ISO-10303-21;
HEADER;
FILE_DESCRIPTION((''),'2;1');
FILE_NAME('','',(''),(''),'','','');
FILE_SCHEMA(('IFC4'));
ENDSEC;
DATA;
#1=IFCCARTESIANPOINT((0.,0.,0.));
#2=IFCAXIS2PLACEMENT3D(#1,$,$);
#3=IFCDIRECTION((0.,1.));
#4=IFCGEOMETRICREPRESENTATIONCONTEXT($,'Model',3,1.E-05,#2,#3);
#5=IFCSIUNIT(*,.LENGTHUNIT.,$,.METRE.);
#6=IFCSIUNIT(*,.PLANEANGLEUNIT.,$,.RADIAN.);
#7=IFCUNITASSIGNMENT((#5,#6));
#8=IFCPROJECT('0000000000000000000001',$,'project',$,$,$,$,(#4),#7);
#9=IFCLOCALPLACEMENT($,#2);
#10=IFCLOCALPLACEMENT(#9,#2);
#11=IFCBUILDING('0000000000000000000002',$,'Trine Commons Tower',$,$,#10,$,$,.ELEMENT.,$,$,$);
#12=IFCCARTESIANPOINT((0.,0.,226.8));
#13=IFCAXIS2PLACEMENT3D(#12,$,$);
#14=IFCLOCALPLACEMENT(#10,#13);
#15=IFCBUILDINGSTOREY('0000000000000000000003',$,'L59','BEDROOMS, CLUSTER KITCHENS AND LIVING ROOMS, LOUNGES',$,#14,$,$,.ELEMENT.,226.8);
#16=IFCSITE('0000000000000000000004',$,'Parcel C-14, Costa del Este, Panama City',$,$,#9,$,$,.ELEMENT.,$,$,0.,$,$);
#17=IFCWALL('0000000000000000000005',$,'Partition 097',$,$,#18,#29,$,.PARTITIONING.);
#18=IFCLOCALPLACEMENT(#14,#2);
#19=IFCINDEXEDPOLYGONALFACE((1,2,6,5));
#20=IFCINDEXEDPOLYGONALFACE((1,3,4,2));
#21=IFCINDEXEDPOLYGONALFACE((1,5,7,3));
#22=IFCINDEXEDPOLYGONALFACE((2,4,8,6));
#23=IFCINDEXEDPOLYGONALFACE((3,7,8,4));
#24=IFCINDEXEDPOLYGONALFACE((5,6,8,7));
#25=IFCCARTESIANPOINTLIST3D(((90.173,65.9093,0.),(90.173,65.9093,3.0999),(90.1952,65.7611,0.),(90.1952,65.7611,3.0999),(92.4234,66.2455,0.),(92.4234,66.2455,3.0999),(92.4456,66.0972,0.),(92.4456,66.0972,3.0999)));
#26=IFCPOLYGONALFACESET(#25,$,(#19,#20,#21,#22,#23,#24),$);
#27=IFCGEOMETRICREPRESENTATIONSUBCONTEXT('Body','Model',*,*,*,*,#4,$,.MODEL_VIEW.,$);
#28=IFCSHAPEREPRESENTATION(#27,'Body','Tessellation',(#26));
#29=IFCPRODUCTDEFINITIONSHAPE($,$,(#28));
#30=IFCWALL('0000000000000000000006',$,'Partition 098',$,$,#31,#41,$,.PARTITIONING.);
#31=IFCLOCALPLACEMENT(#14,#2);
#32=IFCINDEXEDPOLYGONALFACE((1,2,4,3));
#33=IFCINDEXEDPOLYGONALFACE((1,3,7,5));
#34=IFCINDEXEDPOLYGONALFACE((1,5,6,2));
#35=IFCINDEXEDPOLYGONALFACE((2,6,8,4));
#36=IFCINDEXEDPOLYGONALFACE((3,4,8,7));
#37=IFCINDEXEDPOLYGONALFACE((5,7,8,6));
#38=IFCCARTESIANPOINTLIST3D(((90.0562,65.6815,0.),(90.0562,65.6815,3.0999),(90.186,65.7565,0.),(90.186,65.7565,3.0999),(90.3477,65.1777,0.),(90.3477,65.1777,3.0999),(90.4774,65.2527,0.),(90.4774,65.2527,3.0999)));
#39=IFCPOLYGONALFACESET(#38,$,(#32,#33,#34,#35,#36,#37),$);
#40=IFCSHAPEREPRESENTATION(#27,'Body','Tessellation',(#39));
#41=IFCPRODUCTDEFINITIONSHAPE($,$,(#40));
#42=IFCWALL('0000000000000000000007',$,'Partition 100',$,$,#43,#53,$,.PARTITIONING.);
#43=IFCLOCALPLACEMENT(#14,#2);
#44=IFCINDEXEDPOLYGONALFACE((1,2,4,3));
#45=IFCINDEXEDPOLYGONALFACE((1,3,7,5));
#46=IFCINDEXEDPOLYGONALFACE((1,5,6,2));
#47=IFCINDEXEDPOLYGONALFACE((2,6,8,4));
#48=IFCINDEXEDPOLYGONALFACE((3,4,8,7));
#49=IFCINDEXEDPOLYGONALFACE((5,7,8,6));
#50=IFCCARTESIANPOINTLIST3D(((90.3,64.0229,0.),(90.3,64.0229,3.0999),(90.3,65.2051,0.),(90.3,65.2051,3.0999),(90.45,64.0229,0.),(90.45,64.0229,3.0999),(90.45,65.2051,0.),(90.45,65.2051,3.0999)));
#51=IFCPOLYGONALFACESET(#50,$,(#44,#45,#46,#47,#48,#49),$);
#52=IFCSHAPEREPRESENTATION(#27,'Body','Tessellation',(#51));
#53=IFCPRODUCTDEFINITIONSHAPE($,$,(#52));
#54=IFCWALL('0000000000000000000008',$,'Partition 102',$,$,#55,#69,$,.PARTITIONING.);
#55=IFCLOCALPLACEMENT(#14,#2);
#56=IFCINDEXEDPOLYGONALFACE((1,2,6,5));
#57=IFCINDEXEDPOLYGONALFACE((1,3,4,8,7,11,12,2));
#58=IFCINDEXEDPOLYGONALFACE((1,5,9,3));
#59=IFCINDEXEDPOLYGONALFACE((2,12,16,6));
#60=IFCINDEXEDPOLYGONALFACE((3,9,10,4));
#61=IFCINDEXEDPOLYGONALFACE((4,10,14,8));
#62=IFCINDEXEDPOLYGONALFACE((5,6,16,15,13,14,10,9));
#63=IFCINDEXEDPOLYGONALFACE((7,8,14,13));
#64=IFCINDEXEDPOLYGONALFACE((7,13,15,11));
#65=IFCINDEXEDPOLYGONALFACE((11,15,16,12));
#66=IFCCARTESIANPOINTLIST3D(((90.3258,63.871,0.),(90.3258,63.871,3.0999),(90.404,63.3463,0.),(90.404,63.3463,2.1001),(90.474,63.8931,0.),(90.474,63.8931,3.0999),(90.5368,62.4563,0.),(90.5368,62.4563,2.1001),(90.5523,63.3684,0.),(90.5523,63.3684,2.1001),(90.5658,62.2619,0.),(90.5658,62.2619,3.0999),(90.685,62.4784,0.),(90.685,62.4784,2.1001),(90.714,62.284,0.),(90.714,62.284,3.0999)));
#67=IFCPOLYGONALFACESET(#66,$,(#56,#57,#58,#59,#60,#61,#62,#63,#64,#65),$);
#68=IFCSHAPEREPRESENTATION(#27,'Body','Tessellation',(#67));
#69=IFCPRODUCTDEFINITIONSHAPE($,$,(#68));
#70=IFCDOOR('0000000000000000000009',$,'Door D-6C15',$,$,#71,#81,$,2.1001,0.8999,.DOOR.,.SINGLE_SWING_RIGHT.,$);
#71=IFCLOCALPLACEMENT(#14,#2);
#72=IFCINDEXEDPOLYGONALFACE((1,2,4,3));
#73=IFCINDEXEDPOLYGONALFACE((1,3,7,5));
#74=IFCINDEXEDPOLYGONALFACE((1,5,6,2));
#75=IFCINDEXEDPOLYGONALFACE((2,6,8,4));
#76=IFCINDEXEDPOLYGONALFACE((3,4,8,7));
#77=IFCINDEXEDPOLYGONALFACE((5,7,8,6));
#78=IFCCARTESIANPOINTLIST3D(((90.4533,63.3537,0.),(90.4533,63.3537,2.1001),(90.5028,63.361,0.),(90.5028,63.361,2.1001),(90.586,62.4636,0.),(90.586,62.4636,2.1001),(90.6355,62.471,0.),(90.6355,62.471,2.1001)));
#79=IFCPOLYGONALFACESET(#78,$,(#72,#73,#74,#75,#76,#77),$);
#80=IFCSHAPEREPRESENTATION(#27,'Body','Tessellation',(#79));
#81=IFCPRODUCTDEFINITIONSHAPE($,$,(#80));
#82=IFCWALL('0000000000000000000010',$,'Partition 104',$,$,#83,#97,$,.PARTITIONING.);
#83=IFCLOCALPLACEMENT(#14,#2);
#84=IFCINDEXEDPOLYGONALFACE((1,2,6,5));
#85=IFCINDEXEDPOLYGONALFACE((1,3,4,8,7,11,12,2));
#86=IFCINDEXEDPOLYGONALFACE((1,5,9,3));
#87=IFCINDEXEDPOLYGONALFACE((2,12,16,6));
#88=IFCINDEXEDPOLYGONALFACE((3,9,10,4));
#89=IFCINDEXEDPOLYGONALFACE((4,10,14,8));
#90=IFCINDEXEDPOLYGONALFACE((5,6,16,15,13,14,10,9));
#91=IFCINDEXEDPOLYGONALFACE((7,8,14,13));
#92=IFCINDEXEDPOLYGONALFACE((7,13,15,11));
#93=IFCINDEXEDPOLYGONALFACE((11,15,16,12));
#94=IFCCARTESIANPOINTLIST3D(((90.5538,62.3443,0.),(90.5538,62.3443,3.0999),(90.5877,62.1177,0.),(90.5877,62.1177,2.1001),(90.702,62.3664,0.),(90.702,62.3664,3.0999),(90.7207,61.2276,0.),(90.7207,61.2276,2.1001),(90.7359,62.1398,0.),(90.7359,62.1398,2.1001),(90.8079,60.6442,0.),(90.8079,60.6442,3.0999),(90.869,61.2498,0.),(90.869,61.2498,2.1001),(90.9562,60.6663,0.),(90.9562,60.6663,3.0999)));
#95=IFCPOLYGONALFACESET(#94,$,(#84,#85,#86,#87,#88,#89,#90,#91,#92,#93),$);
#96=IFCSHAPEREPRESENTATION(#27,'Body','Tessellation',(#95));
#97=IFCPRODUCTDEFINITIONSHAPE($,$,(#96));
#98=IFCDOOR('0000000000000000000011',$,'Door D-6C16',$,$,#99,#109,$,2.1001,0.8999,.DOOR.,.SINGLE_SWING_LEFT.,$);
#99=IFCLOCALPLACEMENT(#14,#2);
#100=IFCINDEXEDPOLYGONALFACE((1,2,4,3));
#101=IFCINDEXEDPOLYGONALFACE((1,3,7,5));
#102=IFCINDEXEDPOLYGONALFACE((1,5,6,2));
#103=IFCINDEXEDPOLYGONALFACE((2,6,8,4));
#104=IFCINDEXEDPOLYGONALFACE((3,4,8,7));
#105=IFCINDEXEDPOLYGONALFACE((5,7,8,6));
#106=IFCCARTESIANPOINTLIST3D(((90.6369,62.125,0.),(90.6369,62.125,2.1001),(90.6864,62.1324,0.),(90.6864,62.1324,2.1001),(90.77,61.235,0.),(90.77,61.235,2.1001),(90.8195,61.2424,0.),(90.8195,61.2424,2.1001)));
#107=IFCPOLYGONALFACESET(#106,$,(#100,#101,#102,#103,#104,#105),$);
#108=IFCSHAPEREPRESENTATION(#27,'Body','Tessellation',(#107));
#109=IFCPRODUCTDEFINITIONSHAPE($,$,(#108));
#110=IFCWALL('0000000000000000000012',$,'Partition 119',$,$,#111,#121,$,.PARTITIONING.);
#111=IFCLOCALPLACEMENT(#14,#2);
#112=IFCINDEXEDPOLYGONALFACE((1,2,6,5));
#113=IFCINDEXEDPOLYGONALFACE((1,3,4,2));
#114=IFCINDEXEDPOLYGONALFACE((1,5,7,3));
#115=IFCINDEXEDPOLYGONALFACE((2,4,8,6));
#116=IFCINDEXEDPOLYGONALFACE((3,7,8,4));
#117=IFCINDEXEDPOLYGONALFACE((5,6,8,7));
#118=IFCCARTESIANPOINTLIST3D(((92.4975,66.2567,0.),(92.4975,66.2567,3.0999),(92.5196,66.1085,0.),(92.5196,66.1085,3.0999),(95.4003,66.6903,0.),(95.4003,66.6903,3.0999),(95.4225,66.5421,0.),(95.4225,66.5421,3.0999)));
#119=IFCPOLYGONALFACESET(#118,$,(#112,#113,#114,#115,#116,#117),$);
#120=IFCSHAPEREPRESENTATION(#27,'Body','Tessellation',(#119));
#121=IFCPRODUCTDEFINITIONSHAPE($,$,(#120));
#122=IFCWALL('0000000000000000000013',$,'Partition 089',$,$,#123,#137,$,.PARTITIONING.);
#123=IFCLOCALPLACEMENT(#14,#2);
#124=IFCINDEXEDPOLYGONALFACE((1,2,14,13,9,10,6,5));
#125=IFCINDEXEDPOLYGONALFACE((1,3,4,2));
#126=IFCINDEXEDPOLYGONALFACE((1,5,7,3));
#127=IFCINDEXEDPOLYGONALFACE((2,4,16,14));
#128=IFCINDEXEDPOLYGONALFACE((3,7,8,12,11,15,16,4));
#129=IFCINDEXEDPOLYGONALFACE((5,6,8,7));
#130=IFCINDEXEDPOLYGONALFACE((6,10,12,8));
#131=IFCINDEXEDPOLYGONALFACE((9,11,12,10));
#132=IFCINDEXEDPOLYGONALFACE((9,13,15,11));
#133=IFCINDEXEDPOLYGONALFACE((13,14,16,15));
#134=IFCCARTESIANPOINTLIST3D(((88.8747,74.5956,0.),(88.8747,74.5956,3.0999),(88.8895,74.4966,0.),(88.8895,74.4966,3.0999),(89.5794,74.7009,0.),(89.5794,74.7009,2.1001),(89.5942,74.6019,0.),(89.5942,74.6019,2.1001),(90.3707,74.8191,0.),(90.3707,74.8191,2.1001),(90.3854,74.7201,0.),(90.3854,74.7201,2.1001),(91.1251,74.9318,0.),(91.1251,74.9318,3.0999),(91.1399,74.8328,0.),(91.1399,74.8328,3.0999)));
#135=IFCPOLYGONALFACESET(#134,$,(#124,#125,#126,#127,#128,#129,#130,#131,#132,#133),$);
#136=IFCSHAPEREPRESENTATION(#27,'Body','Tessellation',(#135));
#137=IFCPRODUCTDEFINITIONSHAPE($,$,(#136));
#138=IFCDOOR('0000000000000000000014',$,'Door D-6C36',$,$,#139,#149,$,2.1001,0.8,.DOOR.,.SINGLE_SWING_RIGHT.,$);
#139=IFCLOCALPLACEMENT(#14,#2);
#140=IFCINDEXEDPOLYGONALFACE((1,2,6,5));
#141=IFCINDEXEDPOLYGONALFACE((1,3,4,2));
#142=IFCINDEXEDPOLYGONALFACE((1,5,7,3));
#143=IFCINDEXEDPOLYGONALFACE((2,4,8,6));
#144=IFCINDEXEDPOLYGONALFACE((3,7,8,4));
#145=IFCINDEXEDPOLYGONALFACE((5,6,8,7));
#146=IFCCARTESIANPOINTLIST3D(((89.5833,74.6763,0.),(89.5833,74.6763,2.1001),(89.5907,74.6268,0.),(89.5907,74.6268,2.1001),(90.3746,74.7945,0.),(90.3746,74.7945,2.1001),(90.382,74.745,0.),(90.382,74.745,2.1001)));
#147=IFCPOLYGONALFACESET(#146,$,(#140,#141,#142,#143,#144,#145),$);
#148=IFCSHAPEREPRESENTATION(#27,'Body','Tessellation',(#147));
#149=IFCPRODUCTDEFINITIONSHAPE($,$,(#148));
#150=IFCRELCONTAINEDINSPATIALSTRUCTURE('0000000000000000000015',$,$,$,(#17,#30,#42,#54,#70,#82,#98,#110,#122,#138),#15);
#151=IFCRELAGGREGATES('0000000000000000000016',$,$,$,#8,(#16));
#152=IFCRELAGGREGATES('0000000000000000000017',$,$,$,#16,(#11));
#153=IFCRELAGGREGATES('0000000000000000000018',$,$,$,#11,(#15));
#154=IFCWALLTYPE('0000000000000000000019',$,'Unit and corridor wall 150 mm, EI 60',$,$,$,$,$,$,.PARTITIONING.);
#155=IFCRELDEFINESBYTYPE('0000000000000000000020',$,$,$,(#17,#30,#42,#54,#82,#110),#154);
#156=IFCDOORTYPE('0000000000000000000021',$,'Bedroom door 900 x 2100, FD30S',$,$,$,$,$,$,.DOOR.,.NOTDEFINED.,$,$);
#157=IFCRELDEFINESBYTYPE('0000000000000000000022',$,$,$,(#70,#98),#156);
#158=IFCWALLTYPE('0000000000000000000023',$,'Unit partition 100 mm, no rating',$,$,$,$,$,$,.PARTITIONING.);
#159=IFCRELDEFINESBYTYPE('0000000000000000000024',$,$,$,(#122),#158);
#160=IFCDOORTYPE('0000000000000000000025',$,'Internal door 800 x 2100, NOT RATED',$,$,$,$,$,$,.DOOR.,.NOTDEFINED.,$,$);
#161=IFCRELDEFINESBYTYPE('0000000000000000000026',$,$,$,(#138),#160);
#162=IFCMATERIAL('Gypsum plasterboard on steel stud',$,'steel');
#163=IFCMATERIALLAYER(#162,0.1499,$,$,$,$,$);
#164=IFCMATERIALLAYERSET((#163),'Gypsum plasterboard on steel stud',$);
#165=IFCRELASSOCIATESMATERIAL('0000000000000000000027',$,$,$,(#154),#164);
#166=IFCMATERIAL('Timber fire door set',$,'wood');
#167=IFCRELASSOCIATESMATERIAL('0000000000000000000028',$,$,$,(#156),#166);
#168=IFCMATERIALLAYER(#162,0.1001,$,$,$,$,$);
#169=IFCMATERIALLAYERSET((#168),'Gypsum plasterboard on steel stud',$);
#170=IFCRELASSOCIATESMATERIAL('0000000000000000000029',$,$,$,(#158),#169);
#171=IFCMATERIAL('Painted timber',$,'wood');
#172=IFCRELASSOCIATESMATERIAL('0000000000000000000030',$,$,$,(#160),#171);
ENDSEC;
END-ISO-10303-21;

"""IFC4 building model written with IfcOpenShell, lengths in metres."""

from ifc_helpers import new_model, si_unit, direction, frame, frame_2d, origin, place, context, subcontext, project, spatial, rectangle, extrude, material, layer, layer_set, type_object, element, fill, save


model = new_model("IFC4")

# Units and contexts
model_context = context("Model", 3, precision=1e-05, world=origin(), true_north=direction((0.0, 1.0)))
body_context = subcontext(model_context, "Body", "Model", "MODEL_VIEW")
ifc_project = project(units=[si_unit("LENGTHUNIT", "METRE"), si_unit("PLANEANGLEUNIT", "RADIAN")], contexts=[model_context])

# Site, building, storey
site_placement = place(None, origin())
site = spatial("IfcSite", under=ifc_project, at=site_placement, Name="Parcel C-14, Costa del Este, Panama City", CompositionType="ELEMENT", RefElevation=0.0)
building_placement = place(site_placement, origin())
building = spatial("IfcBuilding", under=site, at=building_placement, Name="Trine Commons Tower", CompositionType="ELEMENT")
storey_placement = place(building_placement, frame((0.0, 0.0, 226.8)))
storey = spatial("IfcBuildingStorey", under=building, at=storey_placement, Name="L59", Description="BEDROOMS, CLUSTER KITCHENS AND LIVING ROOMS, LOUNGES", CompositionType="ELEMENT", Elevation=226.8)

# Shared definitions
ifc_material_1 = material(Name="Gypsum plasterboard on steel stud", Category="steel")
ifc_layer_1 = layer(ifc_material_1, 0.1499)
ifc_layer_set_1 = layer_set([ifc_layer_1], Name="Gypsum plasterboard on steel stud")
wall_type_1 = type_object("IfcWallType", Name="Unit and corridor wall 150 mm, EI 60", PredefinedType="PARTITIONING", material=ifc_layer_set_1)

# Shared definitions
ifc_material_2 = material(Name="Timber fire door set", Category="wood")
door_type_1 = type_object("IfcDoorType", Name="Bedroom door 900 x 2100, FD30S", OperationType="NOTDEFINED", PredefinedType="DOOR", material=ifc_material_2)

# Walls
wall_1_placement = place(storey_placement, frame((90.1841, 65.8352, 0.0), z_axis=(0.0, 0.0, 1.0), x_axis=(0.989026, 0.147742, 0.0)))
element("IfcWall", 1, at=wall_1_placement, inside=storey, type_object=wall_type_1, Name="Partition 097", PredefinedType="PARTITIONING", context=body_context, shape_type="SweptSolid", body=[
    extrude(rectangle(XDim=2.2754, YDim=0.1499, at=frame_2d((1.1377, 0.0))), origin(), (0.0, 0.0, 1.0), 3.0999),
])
wall_2_placement = place(storey_placement, frame((90.1211, 65.719, 0.0), z_axis=(0.0, 0.0, 1.0), x_axis=(0.500739, -0.865599, 0.0)))
element("IfcWall", 2, at=wall_2_placement, inside=storey, type_object=wall_type_1, Name="Partition 098", PredefinedType="PARTITIONING", context=body_context, shape_type="SweptSolid", body=[
    extrude(rectangle(XDim=0.582, YDim=0.1499, at=frame_2d((0.291, 0.0))), origin(), (0.0, 0.0, 1.0), 3.0999),
])
wall_3_placement = place(storey_placement, frame((90.375, 64.0229, 0.0), z_axis=(0.0, 0.0, 1.0), x_axis=(0.0, 1.0, 0.0)))
element("IfcWall", 3, at=wall_3_placement, inside=storey, type_object=wall_type_1, Name="Partition 100", PredefinedType="PARTITIONING", context=body_context, shape_type="SweptSolid", body=[
    extrude(rectangle(XDim=1.1821, YDim=0.1499, at=frame_2d((0.5911, 0.0))), origin(), (0.0, 0.0, 1.0), 3.0999),
])

# Walls, openings, doors
wall_4_placement = place(storey_placement, frame((90.3999, 63.8821, 0.0), z_axis=(0.0, 0.0, 1.0), x_axis=(0.147511, -0.98906, 0.0)))
wall_4 = element("IfcWall", 4, at=wall_4_placement, inside=storey, type_object=wall_type_1, Name="Partition 102", PredefinedType="PARTITIONING", context=body_context, shape_type="SweptSolid", body=[
    extrude(rectangle(XDim=1.627, YDim=0.1499, at=frame_2d((0.8135, 0.0))), origin(), (0.0, 0.0, 1.0), 3.0999),
])
opening_1_placement = place(wall_4_placement, frame((0.5305, 0.0, 0.0)))
opening_1 = element("IfcOpeningElement", 5, at=opening_1_placement, cuts=wall_4, PredefinedType="OPENING", context=body_context, shape_type="SweptSolid", body=[
    extrude(rectangle(XDim=0.8999, YDim=2.1001, at=frame_2d((0.45, 1.05))), frame((0.0, 0.085, 0.0), z_axis=(0.0, -1.0, 0.0), x_axis=(1.0, 0.0, 0.0)), (0.0, 0.0, 1.0), 0.1699),
])
door_1_placement = place(opening_1_placement, origin())
door_1 = element("IfcDoor", 6, at=door_1_placement, inside=storey, type_object=door_type_1, Name="Door D-6C15", OperationType="SINGLE_SWING_RIGHT", OverallHeight=2.1001, OverallWidth=0.8999, PredefinedType="DOOR", context=body_context, shape_type="SweptSolid", body=[
    extrude(rectangle(XDim=0.8999, YDim=2.1001, at=frame_2d((0.45, 1.05))), frame((0.0, 0.0249, 0.0), z_axis=(0.0, -1.0, 0.0), x_axis=(1.0, 0.0, 0.0)), (0.0, 0.0, 1.0), 0.05),
])
fill(opening_1, door_1)
wall_5_placement = place(storey_placement, frame((90.6279, 62.3552, 0.0), z_axis=(0.0, 0.0, 1.0), x_axis=(0.14784, -0.989011, 0.0)))
wall_5 = element("IfcWall", 7, at=wall_5_placement, inside=storey, type_object=wall_type_1, Name="Partition 104", PredefinedType="PARTITIONING", context=body_context, shape_type="SweptSolid", body=[
    extrude(rectangle(XDim=1.719, YDim=0.1499, at=frame_2d((0.8594, 0.0))), origin(), (0.0, 0.0, 1.0), 3.0999),
])
opening_2_placement = place(wall_5_placement, frame((0.229, 0.0, 0.0)))
opening_2 = element("IfcOpeningElement", 8, at=opening_2_placement, cuts=wall_5, PredefinedType="OPENING", context=body_context, shape_type="SweptSolid", body=[
    extrude(rectangle(XDim=0.8999, YDim=2.1001, at=frame_2d((0.45, 1.05))), frame((0.0, 0.085, 0.0), z_axis=(0.0, -1.0, 0.0), x_axis=(1.0, 0.0, 0.0)), (0.0, 0.0, 1.0), 0.1699),
])
door_2_placement = place(opening_2_placement, origin())
door_2 = element("IfcDoor", 9, at=door_2_placement, inside=storey, type_object=door_type_1, Name="Door D-6C16", OperationType="SINGLE_SWING_LEFT", OverallHeight=2.1001, OverallWidth=0.8999, PredefinedType="DOOR", context=body_context, shape_type="SweptSolid", body=[
    extrude(rectangle(XDim=0.8999, YDim=2.1001, at=frame_2d((0.45, 1.05))), frame((0.0, 0.0249, 0.0), z_axis=(0.0, -1.0, 0.0), x_axis=(1.0, 0.0, 0.0)), (0.0, 0.0, 1.0), 0.05),
])
fill(opening_2, door_2)

# Wall
wall_6_placement = place(storey_placement, frame((92.5085, 66.1826, 0.0), z_axis=(0.0, 0.0, 1.0), x_axis=(0.989028, 0.14773, 0.0)))
element("IfcWall", 10, at=wall_6_placement, inside=storey, type_object=wall_type_1, Name="Partition 119", PredefinedType="PARTITIONING", context=body_context, shape_type="SweptSolid", body=[
    extrude(rectangle(XDim=2.9351, YDim=0.1499, at=frame_2d((1.4675, 0.0))), origin(), (0.0, 0.0, 1.0), 3.0999),
])

# Wall, opening, door
ifc_layer_2 = layer(ifc_material_1, 0.1001)
ifc_layer_set_2 = layer_set([ifc_layer_2], Name="Gypsum plasterboard on steel stud")
wall_type_2 = type_object("IfcWallType", Name="Unit partition 100 mm, no rating", PredefinedType="PARTITIONING", material=ifc_layer_set_2)
wall_7_placement = place(storey_placement, frame((88.8821, 74.5461, 0.0), z_axis=(0.0, 0.0, 1.0), x_axis=(0.989026, 0.147742, 0.0)))
wall_7 = element("IfcWall", 11, at=wall_7_placement, inside=storey, type_object=wall_type_2, Name="Partition 089", PredefinedType="PARTITIONING", context=body_context, shape_type="SweptSolid", body=[
    extrude(rectangle(XDim=2.2754, YDim=0.1001, at=frame_2d((1.1377, 0.0))), origin(), (0.0, 0.0, 1.0), 3.0999),
])
opening_3_placement = place(wall_7_placement, frame((0.7126, 0.0, 0.0)))
opening_3 = element("IfcOpeningElement", 12, at=opening_3_placement, cuts=wall_7, PredefinedType="OPENING", context=body_context, shape_type="SweptSolid", body=[
    extrude(rectangle(XDim=0.8, YDim=2.1001, at=frame_2d((0.3999, 1.05))), frame((0.0, 0.0601, 0.0), z_axis=(0.0, -1.0, 0.0), x_axis=(1.0, 0.0, 0.0)), (0.0, 0.0, 1.0), 0.1201),
])
ifc_material_3 = material(Name="Painted timber", Category="wood")
door_type_2 = type_object("IfcDoorType", Name="Internal door 800 x 2100, NOT RATED", OperationType="NOTDEFINED", PredefinedType="DOOR", material=ifc_material_3)
door_3_placement = place(opening_3_placement, frame((0.8, 0.0, 0.0), z_axis=(0.0, 0.0, 1.0), x_axis=(-1.0, 0.0, 0.0)))
door_3 = element("IfcDoor", 13, at=door_3_placement, inside=storey, type_object=door_type_2, Name="Door D-6C36", OperationType="SINGLE_SWING_RIGHT", OverallHeight=2.1001, OverallWidth=0.8, PredefinedType="DOOR", context=body_context, shape_type="SweptSolid", body=[
    extrude(rectangle(XDim=0.8, YDim=2.1001, at=frame_2d((0.3999, 1.05))), frame((0.0, 0.0249, 0.0), z_axis=(0.0, -1.0, 0.0), x_axis=(1.0, 0.0, 0.0)), (0.0, 0.0, 1.0), 0.05),
])
fill(opening_3, door_3)

save(model, "model.ifc")
